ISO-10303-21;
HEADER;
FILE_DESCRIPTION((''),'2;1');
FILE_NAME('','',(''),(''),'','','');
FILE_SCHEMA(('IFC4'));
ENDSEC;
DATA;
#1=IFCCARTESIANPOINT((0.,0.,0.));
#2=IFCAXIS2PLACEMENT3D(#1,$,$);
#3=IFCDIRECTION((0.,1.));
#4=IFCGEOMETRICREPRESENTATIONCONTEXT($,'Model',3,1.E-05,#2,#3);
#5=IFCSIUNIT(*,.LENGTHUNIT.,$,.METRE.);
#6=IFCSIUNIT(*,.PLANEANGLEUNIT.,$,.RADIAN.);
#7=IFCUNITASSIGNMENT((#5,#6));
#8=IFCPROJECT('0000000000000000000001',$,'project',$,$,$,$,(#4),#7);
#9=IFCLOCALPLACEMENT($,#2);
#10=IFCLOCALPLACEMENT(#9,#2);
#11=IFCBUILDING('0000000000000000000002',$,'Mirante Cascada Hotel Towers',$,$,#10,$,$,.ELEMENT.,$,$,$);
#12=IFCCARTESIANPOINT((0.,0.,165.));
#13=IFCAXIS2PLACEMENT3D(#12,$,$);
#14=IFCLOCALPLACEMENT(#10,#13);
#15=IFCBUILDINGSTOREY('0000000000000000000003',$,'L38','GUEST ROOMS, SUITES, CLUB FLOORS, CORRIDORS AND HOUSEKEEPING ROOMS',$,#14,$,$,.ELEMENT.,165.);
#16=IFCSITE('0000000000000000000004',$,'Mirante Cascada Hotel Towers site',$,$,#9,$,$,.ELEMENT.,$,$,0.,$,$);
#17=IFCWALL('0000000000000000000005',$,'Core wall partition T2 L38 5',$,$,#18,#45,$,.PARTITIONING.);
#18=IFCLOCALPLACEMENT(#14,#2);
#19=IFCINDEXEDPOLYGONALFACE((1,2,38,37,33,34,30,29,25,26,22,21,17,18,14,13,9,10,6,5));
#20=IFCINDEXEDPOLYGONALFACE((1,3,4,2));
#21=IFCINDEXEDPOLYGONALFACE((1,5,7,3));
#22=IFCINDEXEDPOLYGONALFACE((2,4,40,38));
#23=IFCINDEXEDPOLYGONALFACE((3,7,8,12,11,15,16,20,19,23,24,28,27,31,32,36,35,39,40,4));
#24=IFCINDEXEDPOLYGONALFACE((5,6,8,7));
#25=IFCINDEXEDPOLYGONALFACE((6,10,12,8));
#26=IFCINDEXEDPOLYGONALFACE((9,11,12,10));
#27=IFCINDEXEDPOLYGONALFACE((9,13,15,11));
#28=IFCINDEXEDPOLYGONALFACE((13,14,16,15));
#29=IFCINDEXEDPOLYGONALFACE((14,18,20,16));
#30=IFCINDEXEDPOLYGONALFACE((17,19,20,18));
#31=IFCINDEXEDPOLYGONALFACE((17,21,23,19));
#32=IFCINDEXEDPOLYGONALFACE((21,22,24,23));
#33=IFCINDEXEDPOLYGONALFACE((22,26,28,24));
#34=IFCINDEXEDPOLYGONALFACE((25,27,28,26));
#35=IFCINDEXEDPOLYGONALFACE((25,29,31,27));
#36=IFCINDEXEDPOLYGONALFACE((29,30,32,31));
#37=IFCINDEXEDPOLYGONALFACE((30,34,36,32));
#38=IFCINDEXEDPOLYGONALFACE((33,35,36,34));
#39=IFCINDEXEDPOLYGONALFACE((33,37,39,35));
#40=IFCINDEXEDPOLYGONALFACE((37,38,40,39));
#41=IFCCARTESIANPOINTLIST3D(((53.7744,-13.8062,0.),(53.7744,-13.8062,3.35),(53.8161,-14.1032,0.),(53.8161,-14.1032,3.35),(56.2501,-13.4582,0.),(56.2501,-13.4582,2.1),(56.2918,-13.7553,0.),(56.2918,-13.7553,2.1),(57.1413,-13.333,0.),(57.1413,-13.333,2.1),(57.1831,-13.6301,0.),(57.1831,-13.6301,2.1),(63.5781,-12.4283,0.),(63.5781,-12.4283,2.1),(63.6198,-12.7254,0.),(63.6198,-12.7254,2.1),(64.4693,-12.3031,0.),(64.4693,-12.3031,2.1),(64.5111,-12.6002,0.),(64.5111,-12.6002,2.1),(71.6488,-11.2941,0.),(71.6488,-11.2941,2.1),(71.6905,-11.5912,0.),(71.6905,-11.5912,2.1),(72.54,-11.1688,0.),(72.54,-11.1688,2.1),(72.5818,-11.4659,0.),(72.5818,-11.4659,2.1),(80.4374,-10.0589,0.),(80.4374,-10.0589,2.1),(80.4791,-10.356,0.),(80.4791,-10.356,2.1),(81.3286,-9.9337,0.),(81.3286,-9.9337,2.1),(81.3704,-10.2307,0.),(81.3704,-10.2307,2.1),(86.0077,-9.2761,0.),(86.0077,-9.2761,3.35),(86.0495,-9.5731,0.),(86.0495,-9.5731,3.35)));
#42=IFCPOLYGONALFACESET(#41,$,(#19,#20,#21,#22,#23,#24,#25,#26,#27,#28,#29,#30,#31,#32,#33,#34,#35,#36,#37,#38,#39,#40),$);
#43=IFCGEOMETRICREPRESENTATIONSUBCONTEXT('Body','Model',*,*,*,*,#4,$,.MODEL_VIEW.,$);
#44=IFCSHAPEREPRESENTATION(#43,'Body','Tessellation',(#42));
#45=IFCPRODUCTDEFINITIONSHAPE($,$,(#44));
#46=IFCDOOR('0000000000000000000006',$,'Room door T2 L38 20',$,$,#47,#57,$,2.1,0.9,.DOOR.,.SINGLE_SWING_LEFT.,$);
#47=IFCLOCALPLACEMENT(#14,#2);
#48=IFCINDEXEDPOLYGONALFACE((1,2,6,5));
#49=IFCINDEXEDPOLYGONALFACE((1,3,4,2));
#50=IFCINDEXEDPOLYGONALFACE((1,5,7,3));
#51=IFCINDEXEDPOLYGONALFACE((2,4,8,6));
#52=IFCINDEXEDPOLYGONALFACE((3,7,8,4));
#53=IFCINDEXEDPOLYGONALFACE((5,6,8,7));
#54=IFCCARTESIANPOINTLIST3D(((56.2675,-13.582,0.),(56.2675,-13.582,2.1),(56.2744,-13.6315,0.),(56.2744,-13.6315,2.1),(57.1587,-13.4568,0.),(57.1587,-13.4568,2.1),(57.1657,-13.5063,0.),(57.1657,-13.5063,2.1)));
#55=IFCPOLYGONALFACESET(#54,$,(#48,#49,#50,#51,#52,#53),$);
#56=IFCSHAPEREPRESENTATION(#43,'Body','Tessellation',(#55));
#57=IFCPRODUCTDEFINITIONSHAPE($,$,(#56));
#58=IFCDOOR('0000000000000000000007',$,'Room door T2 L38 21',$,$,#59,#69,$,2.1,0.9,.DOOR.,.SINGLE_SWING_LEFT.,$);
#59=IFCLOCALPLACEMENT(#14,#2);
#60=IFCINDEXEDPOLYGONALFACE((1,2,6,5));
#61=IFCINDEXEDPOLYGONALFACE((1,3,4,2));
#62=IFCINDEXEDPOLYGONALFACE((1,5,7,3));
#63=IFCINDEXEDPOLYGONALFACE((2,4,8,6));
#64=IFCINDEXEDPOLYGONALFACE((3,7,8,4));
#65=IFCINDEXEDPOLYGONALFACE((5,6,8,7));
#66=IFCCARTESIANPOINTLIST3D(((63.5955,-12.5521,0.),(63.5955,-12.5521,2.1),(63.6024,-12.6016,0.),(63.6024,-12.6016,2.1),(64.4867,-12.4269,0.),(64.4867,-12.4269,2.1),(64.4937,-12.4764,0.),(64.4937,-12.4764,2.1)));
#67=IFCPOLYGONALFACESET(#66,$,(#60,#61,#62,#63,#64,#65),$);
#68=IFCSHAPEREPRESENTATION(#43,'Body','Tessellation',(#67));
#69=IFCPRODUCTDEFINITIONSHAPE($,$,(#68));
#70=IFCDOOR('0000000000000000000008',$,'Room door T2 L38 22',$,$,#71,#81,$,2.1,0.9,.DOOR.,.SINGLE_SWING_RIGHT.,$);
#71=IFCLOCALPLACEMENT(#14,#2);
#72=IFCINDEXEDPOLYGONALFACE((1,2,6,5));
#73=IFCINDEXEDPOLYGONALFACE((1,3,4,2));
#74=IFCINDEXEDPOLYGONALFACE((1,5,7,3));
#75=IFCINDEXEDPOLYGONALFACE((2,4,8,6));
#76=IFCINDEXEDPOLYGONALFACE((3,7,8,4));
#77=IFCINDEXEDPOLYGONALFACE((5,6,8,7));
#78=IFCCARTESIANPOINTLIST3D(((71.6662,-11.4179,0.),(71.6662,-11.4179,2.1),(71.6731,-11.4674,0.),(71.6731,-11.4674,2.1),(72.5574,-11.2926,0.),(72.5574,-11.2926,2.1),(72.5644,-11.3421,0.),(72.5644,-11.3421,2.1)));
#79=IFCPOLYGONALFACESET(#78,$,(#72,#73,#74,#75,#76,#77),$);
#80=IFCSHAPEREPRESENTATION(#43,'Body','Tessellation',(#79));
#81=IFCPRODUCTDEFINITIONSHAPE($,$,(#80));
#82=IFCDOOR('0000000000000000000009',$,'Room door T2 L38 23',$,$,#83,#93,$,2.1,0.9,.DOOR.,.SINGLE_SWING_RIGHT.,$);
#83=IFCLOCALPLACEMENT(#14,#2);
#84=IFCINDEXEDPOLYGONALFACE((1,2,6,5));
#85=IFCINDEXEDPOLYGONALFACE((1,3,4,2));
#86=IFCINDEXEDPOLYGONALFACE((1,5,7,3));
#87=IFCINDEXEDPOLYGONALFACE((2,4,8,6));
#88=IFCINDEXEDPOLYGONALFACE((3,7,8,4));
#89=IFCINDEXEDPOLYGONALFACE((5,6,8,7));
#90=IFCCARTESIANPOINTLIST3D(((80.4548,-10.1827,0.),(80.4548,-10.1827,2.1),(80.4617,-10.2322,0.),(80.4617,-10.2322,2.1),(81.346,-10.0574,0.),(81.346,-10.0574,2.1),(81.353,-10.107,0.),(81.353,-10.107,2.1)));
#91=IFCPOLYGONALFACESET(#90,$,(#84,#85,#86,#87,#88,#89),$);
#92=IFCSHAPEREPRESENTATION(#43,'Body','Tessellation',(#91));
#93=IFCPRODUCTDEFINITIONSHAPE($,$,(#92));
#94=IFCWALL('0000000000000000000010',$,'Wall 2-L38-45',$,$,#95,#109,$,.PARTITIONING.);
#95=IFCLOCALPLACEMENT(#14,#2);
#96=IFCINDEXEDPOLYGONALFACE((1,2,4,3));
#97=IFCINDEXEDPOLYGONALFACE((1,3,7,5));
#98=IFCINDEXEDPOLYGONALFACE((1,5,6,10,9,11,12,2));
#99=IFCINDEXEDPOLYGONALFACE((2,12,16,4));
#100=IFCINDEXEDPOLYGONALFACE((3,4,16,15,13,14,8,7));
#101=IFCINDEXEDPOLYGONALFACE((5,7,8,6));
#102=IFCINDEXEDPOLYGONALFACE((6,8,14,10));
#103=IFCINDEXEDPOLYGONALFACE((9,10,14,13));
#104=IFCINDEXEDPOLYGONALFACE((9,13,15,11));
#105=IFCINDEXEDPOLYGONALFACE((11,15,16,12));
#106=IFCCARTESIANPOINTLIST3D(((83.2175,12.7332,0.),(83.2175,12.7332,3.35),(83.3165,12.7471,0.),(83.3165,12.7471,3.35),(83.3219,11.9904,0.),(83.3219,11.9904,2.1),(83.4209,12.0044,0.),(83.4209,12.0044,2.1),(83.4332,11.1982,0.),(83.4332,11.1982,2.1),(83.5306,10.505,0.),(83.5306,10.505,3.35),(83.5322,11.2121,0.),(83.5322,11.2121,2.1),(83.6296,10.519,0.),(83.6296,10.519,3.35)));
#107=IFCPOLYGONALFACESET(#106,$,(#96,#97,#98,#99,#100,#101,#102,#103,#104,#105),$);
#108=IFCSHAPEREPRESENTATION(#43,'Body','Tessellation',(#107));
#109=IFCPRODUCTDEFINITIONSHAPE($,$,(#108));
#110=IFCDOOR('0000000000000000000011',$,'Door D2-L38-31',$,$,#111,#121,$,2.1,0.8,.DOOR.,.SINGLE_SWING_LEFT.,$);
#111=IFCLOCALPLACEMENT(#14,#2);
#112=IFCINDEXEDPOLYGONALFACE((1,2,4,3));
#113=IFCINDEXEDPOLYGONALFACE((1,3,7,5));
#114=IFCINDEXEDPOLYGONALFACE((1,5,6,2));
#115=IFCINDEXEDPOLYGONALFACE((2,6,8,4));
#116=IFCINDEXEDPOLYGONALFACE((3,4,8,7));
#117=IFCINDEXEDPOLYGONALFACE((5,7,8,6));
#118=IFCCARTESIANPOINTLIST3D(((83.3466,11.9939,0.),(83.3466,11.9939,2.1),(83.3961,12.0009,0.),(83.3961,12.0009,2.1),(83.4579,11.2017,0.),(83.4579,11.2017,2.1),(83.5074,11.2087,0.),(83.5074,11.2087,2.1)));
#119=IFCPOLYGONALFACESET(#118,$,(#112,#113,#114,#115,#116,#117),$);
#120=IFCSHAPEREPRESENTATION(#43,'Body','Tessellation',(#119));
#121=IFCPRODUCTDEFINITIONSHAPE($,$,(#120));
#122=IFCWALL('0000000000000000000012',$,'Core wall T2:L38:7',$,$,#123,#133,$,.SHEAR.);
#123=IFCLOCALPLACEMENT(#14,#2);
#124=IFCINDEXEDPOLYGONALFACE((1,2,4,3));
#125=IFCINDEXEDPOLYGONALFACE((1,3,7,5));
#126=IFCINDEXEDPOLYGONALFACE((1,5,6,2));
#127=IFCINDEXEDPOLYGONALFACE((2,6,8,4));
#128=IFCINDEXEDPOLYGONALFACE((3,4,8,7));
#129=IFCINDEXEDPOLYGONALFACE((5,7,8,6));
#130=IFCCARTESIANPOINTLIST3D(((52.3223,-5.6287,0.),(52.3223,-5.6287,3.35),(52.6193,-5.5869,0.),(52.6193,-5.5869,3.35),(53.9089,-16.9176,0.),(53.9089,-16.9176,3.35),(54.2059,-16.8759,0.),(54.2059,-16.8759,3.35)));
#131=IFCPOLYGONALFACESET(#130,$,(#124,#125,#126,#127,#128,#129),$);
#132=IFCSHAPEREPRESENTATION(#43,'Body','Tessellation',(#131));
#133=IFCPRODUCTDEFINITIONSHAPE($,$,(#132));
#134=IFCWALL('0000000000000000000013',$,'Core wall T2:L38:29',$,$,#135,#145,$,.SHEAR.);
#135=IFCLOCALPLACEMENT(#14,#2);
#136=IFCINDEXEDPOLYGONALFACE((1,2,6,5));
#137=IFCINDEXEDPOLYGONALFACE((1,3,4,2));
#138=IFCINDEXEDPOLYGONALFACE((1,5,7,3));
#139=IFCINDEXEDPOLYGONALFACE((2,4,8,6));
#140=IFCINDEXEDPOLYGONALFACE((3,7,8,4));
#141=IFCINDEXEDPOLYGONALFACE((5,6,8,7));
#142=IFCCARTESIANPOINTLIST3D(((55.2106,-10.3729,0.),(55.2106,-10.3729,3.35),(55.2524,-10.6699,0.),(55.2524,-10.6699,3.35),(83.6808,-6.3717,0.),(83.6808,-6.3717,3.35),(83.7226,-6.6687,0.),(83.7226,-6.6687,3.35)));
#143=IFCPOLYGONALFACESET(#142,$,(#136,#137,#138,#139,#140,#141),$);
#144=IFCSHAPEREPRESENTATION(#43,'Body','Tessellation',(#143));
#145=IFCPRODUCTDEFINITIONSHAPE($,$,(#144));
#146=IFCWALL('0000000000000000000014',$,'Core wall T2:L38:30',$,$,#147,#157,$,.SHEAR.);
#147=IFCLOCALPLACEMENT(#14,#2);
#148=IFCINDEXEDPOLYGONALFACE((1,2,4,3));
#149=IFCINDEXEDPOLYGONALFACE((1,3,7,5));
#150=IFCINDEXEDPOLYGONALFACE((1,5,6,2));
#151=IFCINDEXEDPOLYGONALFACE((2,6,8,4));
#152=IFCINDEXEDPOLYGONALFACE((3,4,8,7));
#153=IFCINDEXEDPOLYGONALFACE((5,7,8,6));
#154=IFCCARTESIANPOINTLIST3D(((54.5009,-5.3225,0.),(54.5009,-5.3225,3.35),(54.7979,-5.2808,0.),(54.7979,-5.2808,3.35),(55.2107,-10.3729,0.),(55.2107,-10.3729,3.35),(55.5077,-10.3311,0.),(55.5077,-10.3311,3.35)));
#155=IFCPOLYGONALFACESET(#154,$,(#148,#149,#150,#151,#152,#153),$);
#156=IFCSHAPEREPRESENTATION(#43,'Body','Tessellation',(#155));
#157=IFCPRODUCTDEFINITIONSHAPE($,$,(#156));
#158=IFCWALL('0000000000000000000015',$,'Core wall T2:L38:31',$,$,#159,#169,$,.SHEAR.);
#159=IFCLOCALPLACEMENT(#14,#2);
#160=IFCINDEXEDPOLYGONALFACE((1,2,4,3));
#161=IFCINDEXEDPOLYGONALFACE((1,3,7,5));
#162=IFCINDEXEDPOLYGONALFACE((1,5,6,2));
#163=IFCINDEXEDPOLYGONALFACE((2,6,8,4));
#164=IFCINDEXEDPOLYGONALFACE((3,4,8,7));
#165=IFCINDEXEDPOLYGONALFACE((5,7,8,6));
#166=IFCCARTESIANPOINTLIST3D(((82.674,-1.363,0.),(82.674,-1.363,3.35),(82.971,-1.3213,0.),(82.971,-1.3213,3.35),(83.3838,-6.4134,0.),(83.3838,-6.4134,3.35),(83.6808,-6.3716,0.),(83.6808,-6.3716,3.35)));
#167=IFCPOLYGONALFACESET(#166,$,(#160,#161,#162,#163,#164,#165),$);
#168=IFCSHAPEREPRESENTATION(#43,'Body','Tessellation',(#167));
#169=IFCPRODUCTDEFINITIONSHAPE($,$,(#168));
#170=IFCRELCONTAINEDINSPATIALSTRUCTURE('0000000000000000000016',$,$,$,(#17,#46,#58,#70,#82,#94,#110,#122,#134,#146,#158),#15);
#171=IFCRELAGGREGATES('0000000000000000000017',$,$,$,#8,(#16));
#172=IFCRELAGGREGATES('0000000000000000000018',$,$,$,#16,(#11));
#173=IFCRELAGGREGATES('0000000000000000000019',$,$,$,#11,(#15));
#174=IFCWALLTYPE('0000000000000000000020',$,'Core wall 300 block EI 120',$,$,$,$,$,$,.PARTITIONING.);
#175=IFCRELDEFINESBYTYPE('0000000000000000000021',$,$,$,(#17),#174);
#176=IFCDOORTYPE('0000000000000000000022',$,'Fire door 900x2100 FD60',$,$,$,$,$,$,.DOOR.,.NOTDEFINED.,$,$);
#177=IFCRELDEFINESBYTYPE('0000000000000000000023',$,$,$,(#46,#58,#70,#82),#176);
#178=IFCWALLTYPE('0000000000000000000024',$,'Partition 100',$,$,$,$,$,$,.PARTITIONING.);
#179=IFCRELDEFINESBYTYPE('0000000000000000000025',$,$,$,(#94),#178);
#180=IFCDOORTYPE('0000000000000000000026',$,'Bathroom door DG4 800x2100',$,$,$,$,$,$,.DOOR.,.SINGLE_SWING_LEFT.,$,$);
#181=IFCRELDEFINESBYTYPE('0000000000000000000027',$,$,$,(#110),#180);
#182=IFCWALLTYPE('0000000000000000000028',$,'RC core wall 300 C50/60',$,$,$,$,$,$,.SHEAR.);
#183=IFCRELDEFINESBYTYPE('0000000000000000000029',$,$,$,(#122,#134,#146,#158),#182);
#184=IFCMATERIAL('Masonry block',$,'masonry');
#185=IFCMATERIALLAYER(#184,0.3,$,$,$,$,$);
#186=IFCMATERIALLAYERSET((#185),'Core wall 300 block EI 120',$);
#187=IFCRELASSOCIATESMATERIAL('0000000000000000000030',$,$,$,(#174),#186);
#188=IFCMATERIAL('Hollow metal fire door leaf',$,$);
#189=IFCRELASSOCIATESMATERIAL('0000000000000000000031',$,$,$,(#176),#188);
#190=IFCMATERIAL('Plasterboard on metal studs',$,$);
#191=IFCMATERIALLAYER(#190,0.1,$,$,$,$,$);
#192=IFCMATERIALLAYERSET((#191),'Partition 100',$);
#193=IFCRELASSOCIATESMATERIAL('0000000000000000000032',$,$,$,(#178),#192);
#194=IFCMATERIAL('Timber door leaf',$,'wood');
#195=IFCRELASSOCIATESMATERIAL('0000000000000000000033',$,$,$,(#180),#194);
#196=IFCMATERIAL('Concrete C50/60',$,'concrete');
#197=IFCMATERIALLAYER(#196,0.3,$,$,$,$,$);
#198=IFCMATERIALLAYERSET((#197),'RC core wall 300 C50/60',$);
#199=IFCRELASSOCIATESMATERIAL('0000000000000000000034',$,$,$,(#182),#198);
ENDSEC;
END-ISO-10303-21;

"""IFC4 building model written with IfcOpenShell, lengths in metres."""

from ifc_helpers import new_model, si_unit, direction, frame, frame_2d, origin, place, context, subcontext, project, spatial, rectangle, extrude, material, layer, layer_set, type_object, element, fill, save


model = new_model("IFC4")

# Units and contexts
model_context = context("Model", 3, precision=1e-05, world=origin(), true_north=direction((0.0, 1.0)))
body_context = subcontext(model_context, "Body", "Model", "MODEL_VIEW")
ifc_project = project(units=[si_unit("LENGTHUNIT", "METRE"), si_unit("PLANEANGLEUNIT", "RADIAN")], contexts=[model_context])

# Site, building, storey
site_placement = place(None, origin())
site = spatial("IfcSite", under=ifc_project, at=site_placement, Name="Mirante Cascada Hotel Towers site", CompositionType="ELEMENT", RefElevation=0.0)
building_placement = place(site_placement, origin())
building = spatial("IfcBuilding", under=site, at=building_placement, Name="Mirante Cascada Hotel Towers", CompositionType="ELEMENT")
storey_placement = place(building_placement, frame((0.0, 0.0, 165.0)))
storey = spatial("IfcBuildingStorey", under=building, at=storey_placement, Name="L38", Description="GUEST ROOMS, SUITES, CLUB FLOORS, CORRIDORS AND HOUSEKEEPING ROOMS", CompositionType="ELEMENT", Elevation=165.0)

# Wall, openings, doors
ifc_material_1 = material(Name="Masonry block", Category="masonry")
ifc_layer_1 = layer(ifc_material_1, 0.3)
ifc_layer_set_1 = layer_set([ifc_layer_1], Name="Core wall 300 block EI 120")
wall_type_1 = type_object("IfcWallType", Name="Core wall 300 block EI 120", PredefinedType="PARTITIONING", material=ifc_layer_set_1)
wall_1_placement = place(storey_placement, frame((53.7953, -13.9547, 0.0), z_axis=(0.0, 0.0, 1.0), x_axis=(0.990268, 0.139173, 0.0)))
wall_1 = element("IfcWall", 1, at=wall_1_placement, inside=storey, type_object=wall_type_1, Name="Core wall partition T2 L38 5", PredefinedType="PARTITIONING", context=body_context, shape_type="SweptSolid", body=[
    extrude(rectangle(XDim=32.5501, YDim=0.3, at=frame_2d((16.275, 0.0))), origin(), (0.0, 0.0, 1.0), 3.35),
])
opening_1_placement = place(wall_1_placement, frame((2.5, 0.0, 0.0)))
opening_1 = element("IfcOpeningElement", 2, at=opening_1_placement, cuts=wall_1, PredefinedType="OPENING", context=body_context, shape_type="SweptSolid", body=[
    extrude(rectangle(XDim=0.9, YDim=2.1, at=frame_2d((0.45, 1.05))), frame((0.0, 0.15, 0.0), z_axis=(0.0, -1.0, 0.0), x_axis=(1.0, 0.0, 0.0)), (0.0, 0.0, 1.0), 0.3),
])
opening_2_placement = place(wall_1_placement, frame((9.9, 0.0, 0.0)))
opening_2 = element("IfcOpeningElement", 3, at=opening_2_placement, cuts=wall_1, PredefinedType="OPENING", context=body_context, shape_type="SweptSolid", body=[
    extrude(rectangle(XDim=0.9, YDim=2.1, at=frame_2d((0.45, 1.05))), frame((0.0, 0.15, 0.0), z_axis=(0.0, -1.0, 0.0), x_axis=(1.0, 0.0, 0.0)), (0.0, 0.0, 1.0), 0.3),
])
opening_3_placement = place(wall_1_placement, frame((18.05, 0.0, 0.0)))
opening_3 = element("IfcOpeningElement", 4, at=opening_3_placement, cuts=wall_1, PredefinedType="OPENING", context=body_context, shape_type="SweptSolid", body=[
    extrude(rectangle(XDim=0.9, YDim=2.1, at=frame_2d((0.45, 1.05))), frame((0.0, 0.15, 0.0), z_axis=(0.0, -1.0, 0.0), x_axis=(1.0, 0.0, 0.0)), (0.0, 0.0, 1.0), 0.3),
])
opening_4_placement = place(wall_1_placement, frame((26.925, 0.0, 0.0)))
opening_4 = element("IfcOpeningElement", 5, at=opening_4_placement, cuts=wall_1, PredefinedType="OPENING", context=body_context, shape_type="SweptSolid", body=[
    extrude(rectangle(XDim=0.9, YDim=2.1, at=frame_2d((0.45, 1.05))), frame((0.0, 0.15, 0.0), z_axis=(0.0, -1.0, 0.0), x_axis=(1.0, 0.0, 0.0)), (0.0, 0.0, 1.0), 0.3),
])
ifc_material_2 = material(Name="Hollow metal fire door leaf")
door_type_1 = type_object("IfcDoorType", Name="Fire door 900x2100 FD60", OperationType="NOTDEFINED", PredefinedType="DOOR", material=ifc_material_2)
door_1_placement = place(opening_1_placement, frame((0.9, 0.0, 0.0), z_axis=(0.0, 0.0, 1.0), x_axis=(-1.0, 0.0, 0.0)))
door_1 = element("IfcDoor", 6, at=door_1_placement, inside=storey, type_object=door_type_1, Name="Room door T2 L38 20", OperationType="SINGLE_SWING_LEFT", OverallHeight=2.1, OverallWidth=0.9, PredefinedType="DOOR", context=body_context, shape_type="SweptSolid", body=[
    extrude(rectangle(XDim=0.9, YDim=2.1, at=frame_2d((0.45, 1.05))), frame((0.0, 0.025, 0.0), z_axis=(0.0, -1.0, 0.0), x_axis=(1.0, 0.0, 0.0)), (0.0, 0.0, 1.0), 0.05),
])
fill(opening_1, door_1)
door_2_placement = place(opening_2_placement, frame((0.9, 0.0, 0.0), z_axis=(0.0, 0.0, 1.0), x_axis=(-1.0, 0.0, 0.0)))
door_2 = element("IfcDoor", 7, at=door_2_placement, inside=storey, type_object=door_type_1, Name="Room door T2 L38 21", OperationType="SINGLE_SWING_LEFT", OverallHeight=2.1, OverallWidth=0.9, PredefinedType="DOOR", context=body_context, shape_type="SweptSolid", body=[
    extrude(rectangle(XDim=0.9, YDim=2.1, at=frame_2d((0.45, 1.05))), frame((0.0, 0.025, 0.0), z_axis=(0.0, -1.0, 0.0), x_axis=(1.0, 0.0, 0.0)), (0.0, 0.0, 1.0), 0.05),
])
fill(opening_2, door_2)
door_3_placement = place(opening_3_placement, frame((0.9, 0.0, 0.0), z_axis=(0.0, 0.0, 1.0), x_axis=(-1.0, 0.0, 0.0)))
door_3 = element("IfcDoor", 8, at=door_3_placement, inside=storey, type_object=door_type_1, Name="Room door T2 L38 22", OperationType="SINGLE_SWING_RIGHT", OverallHeight=2.1, OverallWidth=0.9, PredefinedType="DOOR", context=body_context, shape_type="SweptSolid", body=[
    extrude(rectangle(XDim=0.9, YDim=2.1, at=frame_2d((0.45, 1.05))), frame((0.0, 0.025, 0.0), z_axis=(0.0, -1.0, 0.0), x_axis=(1.0, 0.0, 0.0)), (0.0, 0.0, 1.0), 0.05),
])
fill(opening_3, door_3)
door_4_placement = place(opening_4_placement, frame((0.9, 0.0, 0.0), z_axis=(0.0, 0.0, 1.0), x_axis=(-1.0, 0.0, 0.0)))
door_4 = element("IfcDoor", 9, at=door_4_placement, inside=storey, type_object=door_type_1, Name="Room door T2 L38 23", OperationType="SINGLE_SWING_RIGHT", OverallHeight=2.1, OverallWidth=0.9, PredefinedType="DOOR", context=body_context, shape_type="SweptSolid", body=[
    extrude(rectangle(XDim=0.9, YDim=2.1, at=frame_2d((0.45, 1.05))), frame((0.0, 0.025, 0.0), z_axis=(0.0, -1.0, 0.0), x_axis=(1.0, 0.0, 0.0)), (0.0, 0.0, 1.0), 0.05),
])
fill(opening_4, door_4)

# Wall, opening, door
ifc_material_3 = material(Name="Plasterboard on metal studs")
ifc_layer_2 = layer(ifc_material_3, 0.1)
ifc_layer_set_2 = layer_set([ifc_layer_2], Name="Partition 100")
wall_type_2 = type_object("IfcWallType", Name="Partition 100", PredefinedType="PARTITIONING", material=ifc_layer_set_2)
wall_2_placement = place(storey_placement, frame((83.5801, 10.512, 0.0), z_axis=(0.0, 0.0, 1.0), x_axis=(-0.139156, 0.990271, 0.0)))
wall_2 = element("IfcWall", 10, at=wall_2_placement, inside=storey, type_object=wall_type_2, Name="Wall 2-L38-45", PredefinedType="PARTITIONING", context=body_context, shape_type="SweptSolid", body=[
    extrude(rectangle(XDim=2.25, YDim=0.1, at=frame_2d((1.125, 0.0))), origin(), (0.0, 0.0, 1.0), 3.35),
])
opening_5_placement = place(wall_2_placement, frame((0.7, 0.0, 0.0)))
opening_5 = element("IfcOpeningElement", 11, at=opening_5_placement, cuts=wall_2, PredefinedType="OPENING", context=body_context, shape_type="SweptSolid", body=[
    extrude(rectangle(XDim=0.8, YDim=2.1, at=frame_2d((0.4, 1.05))), frame((0.0, 0.05, 0.0), z_axis=(0.0, -1.0, 0.0), x_axis=(1.0, 0.0, 0.0)), (0.0, 0.0, 1.0), 0.1),
])
ifc_material_4 = material(Name="Timber door leaf", Category="wood")
door_type_2 = type_object("IfcDoorType", Name="Bathroom door DG4 800x2100", OperationType="SINGLE_SWING_LEFT", PredefinedType="DOOR", material=ifc_material_4)
door_5_placement = place(opening_5_placement, origin())
door_5 = element("IfcDoor", 12, at=door_5_placement, inside=storey, type_object=door_type_2, Name="Door D2-L38-31", OperationType="SINGLE_SWING_LEFT", OverallHeight=2.1, OverallWidth=0.8, PredefinedType="DOOR", context=body_context, shape_type="SweptSolid", body=[
    extrude(rectangle(XDim=0.8, YDim=2.1, at=frame_2d((0.4, 1.05))), frame((0.0, 0.025, 0.0), z_axis=(0.0, -1.0, 0.0), x_axis=(1.0, 0.0, 0.0)), (0.0, 0.0, 1.0), 0.05),
])
fill(opening_5, door_5)

# Walls
ifc_material_5 = material(Name="Concrete C50/60", Category="concrete")
ifc_layer_3 = layer(ifc_material_5, 0.3)
ifc_layer_set_3 = layer_set([ifc_layer_3], Name="RC core wall 300 C50/60")
wall_type_3 = type_object("IfcWallType", Name="RC core wall 300 C50/60", PredefinedType="SHEAR", material=ifc_layer_set_3)
wall_3_placement = place(storey_placement, frame((54.0574, -16.8968, 0.0), z_axis=(0.0, 0.0, 1.0), x_axis=(-0.139176, 0.990268, 0.0)))
element("IfcWall", 13, at=wall_3_placement, inside=storey, type_object=wall_type_3, Name="Core wall T2:L38:7", PredefinedType="SHEAR", context=body_context, shape_type="SweptSolid", body=[
    extrude(rectangle(XDim=11.3999, YDim=0.3, at=frame_2d((5.7, 0.0))), origin(), (0.0, 0.0, 1.0), 3.35),
])
wall_4_placement = place(storey_placement, frame((55.2315, -10.5214, 0.0), z_axis=(0.0, 0.0, 1.0), x_axis=(0.990268, 0.139172, 0.0)))
element("IfcWall", 14, at=wall_4_placement, inside=storey, type_object=wall_type_3, Name="Core wall T2:L38:29", PredefinedType="SHEAR", context=body_context, shape_type="SweptSolid", body=[
    extrude(rectangle(XDim=28.75, YDim=0.3, at=frame_2d((14.375, 0.0))), origin(), (0.0, 0.0, 1.0), 3.35),
])
for number, where, z_axis, x_axis, name in (
    (15, (55.3592, -10.352, 0.0), (0.0, 0.0, 1.0), (-0.139176, 0.990268, 0.0), "Core wall T2:L38:30"),
    (16, (83.5323, -6.3925, 0.0), (0.0, 0.0, 1.0), (-0.139176, 0.990268, 0.0), "Core wall T2:L38:31"),
):
    element("IfcWall", number, at=place(storey_placement, frame(where, z_axis=z_axis, x_axis=x_axis)), inside=storey, type_object=wall_type_3, Name=name, PredefinedType="SHEAR", context=body_context, shape_type="SweptSolid", body=[
        extrude(rectangle(XDim=5.1, YDim=0.3, at=frame_2d((2.55, 0.0))), origin(), (0.0, 0.0, 1.0), 3.35),
    ])

save(model, "model.ifc")
